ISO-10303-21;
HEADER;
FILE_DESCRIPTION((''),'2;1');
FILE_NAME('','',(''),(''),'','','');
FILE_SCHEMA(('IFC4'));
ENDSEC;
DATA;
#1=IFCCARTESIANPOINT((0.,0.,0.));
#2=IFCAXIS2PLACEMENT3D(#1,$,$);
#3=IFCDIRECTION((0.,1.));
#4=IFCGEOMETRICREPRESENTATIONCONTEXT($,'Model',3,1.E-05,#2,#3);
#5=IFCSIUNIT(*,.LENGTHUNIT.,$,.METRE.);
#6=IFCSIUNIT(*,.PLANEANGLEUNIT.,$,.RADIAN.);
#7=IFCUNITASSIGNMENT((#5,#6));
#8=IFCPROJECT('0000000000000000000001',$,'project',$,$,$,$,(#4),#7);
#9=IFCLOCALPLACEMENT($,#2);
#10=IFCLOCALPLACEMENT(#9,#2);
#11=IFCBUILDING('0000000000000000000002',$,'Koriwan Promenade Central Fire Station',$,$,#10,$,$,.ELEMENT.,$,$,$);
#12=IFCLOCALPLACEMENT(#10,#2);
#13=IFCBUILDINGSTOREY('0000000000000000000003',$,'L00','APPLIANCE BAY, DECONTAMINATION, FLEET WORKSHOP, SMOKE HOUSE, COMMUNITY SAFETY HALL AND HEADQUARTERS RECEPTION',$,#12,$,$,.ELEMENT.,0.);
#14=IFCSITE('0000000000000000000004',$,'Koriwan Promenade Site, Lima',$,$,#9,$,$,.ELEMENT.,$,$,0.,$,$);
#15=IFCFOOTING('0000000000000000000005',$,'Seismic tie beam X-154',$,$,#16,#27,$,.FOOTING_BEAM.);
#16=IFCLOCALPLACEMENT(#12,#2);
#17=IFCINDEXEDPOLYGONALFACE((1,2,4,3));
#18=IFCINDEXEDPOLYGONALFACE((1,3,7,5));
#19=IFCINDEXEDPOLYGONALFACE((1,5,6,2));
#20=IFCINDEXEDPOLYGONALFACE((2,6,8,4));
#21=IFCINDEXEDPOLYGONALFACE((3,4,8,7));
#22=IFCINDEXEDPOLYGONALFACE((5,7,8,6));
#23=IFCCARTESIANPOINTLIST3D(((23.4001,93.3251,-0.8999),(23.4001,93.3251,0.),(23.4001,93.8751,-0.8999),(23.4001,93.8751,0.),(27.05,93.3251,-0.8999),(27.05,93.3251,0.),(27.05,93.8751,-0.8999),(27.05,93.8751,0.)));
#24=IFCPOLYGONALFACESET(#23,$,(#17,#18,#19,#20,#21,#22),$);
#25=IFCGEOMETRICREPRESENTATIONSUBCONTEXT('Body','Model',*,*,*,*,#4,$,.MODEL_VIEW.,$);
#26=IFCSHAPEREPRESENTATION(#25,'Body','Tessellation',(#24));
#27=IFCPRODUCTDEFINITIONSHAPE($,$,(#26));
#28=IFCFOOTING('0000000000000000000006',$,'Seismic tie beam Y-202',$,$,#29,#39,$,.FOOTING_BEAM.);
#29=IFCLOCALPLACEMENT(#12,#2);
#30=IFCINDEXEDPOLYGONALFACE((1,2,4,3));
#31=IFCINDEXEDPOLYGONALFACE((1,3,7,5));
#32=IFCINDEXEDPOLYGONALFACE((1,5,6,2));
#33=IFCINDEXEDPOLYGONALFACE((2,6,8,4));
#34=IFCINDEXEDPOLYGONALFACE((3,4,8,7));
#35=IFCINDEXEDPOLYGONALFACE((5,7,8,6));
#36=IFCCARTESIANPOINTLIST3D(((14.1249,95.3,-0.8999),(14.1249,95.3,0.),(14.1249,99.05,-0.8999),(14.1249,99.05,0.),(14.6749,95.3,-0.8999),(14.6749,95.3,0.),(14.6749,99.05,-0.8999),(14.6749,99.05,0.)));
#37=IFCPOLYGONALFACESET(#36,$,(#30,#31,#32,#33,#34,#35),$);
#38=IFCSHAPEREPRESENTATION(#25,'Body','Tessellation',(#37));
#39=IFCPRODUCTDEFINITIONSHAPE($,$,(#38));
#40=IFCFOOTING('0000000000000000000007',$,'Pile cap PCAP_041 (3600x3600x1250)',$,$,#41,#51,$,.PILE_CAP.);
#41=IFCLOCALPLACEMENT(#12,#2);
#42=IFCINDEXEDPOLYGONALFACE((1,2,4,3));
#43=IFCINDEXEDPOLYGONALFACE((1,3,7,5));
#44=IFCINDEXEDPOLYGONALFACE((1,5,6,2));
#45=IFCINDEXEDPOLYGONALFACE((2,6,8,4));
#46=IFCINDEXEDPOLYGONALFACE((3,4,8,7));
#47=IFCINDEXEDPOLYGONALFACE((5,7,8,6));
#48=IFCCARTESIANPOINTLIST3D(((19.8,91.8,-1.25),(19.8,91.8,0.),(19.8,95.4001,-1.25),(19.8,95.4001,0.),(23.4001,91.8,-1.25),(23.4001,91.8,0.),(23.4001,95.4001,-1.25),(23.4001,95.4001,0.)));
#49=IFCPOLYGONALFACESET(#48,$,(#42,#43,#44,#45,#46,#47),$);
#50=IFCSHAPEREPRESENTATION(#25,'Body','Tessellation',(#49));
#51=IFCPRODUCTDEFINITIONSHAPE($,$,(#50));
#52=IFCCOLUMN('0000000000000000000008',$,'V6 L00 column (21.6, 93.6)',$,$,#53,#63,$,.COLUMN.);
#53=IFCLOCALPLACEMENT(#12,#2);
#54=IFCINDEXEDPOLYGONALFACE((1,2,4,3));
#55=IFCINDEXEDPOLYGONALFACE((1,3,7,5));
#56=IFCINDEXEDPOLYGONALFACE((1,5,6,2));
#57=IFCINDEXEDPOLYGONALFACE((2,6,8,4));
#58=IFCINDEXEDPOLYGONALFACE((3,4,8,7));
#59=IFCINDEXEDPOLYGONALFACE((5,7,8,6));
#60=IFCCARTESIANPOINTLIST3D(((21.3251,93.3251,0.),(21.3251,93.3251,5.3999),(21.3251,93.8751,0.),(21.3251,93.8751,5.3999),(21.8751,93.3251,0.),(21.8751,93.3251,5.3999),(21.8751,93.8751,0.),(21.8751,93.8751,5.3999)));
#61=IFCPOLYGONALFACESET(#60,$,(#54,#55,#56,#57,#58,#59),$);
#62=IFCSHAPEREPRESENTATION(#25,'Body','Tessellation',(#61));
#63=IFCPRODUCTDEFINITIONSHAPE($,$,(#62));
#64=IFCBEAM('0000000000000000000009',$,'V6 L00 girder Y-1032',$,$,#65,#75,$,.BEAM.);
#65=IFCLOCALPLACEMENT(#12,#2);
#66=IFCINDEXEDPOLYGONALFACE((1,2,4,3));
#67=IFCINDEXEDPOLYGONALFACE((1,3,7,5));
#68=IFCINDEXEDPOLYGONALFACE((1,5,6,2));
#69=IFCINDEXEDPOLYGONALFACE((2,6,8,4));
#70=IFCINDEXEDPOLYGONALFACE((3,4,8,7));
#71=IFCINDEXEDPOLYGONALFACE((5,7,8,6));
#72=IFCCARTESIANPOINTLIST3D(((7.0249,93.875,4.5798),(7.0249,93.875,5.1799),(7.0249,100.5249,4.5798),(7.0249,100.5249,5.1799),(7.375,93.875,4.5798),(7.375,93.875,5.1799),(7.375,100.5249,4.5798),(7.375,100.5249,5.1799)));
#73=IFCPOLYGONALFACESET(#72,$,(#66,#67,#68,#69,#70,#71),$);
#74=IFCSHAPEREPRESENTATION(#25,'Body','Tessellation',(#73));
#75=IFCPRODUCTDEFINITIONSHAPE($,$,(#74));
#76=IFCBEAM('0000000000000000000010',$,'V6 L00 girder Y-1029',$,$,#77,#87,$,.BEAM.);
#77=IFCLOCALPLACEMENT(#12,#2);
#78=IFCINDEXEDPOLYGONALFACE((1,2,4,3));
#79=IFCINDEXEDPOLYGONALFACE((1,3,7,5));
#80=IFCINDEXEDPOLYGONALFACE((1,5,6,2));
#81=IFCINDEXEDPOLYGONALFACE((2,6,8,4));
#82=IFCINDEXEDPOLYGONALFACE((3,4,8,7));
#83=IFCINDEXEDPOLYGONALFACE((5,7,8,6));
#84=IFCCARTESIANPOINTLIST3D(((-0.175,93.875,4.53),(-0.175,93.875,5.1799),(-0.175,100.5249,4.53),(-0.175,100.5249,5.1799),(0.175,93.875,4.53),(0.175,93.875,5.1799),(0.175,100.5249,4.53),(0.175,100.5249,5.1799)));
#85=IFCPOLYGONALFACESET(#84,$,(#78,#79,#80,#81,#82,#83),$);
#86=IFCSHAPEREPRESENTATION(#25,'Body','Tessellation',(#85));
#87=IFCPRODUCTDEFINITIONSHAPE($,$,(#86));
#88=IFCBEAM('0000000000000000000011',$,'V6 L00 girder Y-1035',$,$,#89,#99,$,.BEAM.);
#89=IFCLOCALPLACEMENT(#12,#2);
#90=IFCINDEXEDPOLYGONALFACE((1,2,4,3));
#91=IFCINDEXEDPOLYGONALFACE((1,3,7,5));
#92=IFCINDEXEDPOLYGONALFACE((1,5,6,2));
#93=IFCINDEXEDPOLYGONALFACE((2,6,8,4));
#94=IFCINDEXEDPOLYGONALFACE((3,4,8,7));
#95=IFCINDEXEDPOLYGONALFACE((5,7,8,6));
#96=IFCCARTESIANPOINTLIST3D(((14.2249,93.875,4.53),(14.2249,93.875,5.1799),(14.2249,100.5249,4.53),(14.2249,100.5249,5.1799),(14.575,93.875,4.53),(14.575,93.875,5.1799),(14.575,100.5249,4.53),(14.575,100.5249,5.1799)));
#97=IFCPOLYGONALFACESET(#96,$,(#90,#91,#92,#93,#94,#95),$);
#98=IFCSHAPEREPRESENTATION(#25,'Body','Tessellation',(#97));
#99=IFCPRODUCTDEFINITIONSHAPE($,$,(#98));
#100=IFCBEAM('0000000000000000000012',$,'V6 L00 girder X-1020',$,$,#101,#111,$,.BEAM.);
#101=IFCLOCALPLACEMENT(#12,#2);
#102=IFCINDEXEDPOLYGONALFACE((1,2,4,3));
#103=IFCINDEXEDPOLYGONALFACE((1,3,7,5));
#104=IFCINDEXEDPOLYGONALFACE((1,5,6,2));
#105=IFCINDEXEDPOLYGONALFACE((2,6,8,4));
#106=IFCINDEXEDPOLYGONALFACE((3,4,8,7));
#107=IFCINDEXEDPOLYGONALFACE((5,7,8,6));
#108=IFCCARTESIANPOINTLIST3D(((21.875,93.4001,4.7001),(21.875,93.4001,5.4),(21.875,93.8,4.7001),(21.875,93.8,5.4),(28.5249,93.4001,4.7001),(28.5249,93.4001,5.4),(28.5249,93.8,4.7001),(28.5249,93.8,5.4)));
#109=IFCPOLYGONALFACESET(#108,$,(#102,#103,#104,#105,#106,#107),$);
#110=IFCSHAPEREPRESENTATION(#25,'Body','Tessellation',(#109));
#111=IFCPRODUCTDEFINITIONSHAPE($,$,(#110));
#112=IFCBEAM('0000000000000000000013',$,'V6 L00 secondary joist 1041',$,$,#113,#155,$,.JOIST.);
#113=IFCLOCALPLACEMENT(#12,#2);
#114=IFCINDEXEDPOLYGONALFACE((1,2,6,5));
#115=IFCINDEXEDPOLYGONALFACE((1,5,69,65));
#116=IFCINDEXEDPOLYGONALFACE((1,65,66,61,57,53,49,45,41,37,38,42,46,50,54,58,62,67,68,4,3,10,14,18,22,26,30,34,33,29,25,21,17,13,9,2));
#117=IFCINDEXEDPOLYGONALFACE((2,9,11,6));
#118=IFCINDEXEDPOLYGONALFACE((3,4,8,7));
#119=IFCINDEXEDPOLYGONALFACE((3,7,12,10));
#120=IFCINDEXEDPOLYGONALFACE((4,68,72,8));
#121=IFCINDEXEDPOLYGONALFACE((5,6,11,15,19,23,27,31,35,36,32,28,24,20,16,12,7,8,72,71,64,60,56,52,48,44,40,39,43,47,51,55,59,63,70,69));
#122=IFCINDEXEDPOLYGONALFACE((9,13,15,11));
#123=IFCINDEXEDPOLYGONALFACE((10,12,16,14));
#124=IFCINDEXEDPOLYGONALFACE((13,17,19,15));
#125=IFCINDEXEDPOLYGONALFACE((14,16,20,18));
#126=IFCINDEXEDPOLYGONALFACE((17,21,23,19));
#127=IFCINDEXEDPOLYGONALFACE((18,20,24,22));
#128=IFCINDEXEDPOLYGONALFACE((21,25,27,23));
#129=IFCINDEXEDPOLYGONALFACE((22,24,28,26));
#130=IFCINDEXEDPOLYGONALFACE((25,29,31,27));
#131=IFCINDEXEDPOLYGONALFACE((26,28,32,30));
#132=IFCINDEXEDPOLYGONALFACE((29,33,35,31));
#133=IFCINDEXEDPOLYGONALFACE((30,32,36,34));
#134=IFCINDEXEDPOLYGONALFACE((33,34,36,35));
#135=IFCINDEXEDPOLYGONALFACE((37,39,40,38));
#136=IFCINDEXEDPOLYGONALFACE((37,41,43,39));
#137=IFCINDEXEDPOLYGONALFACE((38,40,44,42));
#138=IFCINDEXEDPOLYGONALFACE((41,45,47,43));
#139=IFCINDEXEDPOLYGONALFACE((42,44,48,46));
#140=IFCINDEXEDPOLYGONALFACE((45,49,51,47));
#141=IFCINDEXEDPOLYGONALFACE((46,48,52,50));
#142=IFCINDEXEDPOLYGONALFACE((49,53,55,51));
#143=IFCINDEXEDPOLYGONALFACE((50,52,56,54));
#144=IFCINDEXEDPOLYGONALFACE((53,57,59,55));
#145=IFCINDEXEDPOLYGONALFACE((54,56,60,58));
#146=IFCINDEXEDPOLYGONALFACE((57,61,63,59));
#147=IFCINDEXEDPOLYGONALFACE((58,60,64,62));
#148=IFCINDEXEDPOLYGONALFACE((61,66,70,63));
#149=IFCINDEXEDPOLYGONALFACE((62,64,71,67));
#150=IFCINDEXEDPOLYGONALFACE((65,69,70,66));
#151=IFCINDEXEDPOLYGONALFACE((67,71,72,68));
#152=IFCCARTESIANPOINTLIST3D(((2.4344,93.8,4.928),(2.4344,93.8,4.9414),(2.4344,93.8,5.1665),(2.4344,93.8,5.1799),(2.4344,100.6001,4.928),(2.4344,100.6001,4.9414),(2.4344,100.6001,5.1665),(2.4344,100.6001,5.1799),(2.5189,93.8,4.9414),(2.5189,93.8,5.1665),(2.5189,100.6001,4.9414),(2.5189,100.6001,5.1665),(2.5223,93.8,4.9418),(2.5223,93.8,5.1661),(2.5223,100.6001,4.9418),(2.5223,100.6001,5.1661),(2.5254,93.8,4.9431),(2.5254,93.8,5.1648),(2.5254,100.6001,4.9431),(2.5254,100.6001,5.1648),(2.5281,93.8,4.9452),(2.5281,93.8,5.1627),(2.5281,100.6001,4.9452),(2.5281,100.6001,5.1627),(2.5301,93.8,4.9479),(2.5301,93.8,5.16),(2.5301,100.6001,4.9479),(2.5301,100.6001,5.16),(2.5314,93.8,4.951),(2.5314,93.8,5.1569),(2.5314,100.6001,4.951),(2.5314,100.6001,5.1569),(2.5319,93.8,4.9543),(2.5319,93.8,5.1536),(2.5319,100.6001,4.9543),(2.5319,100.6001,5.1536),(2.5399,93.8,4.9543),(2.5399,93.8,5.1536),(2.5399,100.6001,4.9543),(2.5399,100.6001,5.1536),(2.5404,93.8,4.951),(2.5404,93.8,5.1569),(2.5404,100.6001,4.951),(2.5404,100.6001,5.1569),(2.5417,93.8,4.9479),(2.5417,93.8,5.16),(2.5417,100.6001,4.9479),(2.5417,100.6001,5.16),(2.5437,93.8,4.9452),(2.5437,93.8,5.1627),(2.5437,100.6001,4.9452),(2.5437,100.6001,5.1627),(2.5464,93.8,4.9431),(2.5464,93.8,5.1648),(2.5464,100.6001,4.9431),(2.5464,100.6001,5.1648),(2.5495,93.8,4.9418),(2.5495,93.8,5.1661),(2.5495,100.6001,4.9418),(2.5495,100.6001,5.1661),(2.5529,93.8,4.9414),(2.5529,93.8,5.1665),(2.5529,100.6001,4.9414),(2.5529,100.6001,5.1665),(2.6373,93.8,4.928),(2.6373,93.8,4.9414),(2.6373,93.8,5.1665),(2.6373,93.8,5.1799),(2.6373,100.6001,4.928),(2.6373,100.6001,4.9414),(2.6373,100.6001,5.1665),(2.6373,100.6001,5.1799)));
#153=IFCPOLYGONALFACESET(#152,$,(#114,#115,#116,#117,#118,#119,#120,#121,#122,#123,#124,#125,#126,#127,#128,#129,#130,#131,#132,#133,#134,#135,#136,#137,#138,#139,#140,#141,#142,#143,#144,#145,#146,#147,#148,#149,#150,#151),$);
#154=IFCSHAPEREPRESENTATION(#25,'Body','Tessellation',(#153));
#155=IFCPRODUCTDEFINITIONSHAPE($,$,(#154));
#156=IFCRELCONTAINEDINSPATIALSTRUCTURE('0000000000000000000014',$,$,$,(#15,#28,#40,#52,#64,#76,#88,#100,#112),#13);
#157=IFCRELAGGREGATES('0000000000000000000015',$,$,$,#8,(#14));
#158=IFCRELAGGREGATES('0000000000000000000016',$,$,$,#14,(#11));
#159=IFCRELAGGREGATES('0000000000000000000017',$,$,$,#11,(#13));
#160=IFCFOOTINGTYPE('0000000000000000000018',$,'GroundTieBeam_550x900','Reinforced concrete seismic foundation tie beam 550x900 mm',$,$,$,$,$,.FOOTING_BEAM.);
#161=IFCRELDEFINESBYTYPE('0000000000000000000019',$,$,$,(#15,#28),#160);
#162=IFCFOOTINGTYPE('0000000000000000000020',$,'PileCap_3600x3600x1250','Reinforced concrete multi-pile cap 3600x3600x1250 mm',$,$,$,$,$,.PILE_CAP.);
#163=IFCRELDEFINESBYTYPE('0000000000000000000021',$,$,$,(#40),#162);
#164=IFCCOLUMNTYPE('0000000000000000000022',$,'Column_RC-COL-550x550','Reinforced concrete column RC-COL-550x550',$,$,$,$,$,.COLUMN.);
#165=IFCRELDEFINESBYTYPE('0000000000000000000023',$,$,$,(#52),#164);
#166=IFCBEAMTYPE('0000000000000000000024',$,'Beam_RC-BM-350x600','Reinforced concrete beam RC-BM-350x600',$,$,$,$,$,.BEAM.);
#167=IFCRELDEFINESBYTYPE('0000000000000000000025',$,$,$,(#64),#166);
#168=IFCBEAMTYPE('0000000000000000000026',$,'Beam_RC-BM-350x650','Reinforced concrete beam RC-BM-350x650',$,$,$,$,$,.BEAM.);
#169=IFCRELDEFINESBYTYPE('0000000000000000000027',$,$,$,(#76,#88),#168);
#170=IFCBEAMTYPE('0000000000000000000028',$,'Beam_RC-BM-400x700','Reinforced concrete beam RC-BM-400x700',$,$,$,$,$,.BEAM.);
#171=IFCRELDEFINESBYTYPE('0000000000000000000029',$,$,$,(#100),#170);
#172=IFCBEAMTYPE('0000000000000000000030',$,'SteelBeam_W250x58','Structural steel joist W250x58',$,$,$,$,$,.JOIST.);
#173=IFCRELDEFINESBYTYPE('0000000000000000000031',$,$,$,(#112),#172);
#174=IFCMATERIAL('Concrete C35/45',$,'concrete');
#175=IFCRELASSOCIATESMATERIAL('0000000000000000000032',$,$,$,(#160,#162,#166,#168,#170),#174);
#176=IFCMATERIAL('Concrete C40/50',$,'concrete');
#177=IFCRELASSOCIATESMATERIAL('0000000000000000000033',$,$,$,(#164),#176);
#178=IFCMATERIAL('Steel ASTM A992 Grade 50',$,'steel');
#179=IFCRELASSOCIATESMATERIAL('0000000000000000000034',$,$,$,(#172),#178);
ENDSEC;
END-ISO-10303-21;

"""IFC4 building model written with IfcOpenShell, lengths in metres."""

from ifc_helpers import new_model, si_unit, direction, frame, origin, origin_2d, place, context, subcontext, project, spatial, rectangle, i_section, extrude, material, material_profile, profile_set, type_object, element, save


model = new_model("IFC4")

# Units and contexts
model_context = context("Model", 3, precision=1e-05, world=origin(), true_north=direction((0.0, 1.0)))
body_context = subcontext(model_context, "Body", "Model", "MODEL_VIEW")
ifc_project = project(units=[si_unit("LENGTHUNIT", "METRE"), si_unit("PLANEANGLEUNIT", "RADIAN")], contexts=[model_context])

# Site, building, storey
site_placement = place(None, origin())
site = spatial("IfcSite", under=ifc_project, at=site_placement, Name="Koriwan Promenade Site, Lima", CompositionType="ELEMENT", RefElevation=0.0)
building_placement = place(site_placement, origin())
building = spatial("IfcBuilding", under=site, at=building_placement, Name="Koriwan Promenade Central Fire Station", CompositionType="ELEMENT")
storey_placement = place(building_placement, origin())
storey = spatial("IfcBuildingStorey", under=building, at=storey_placement, Name="L00", Description="APPLIANCE BAY, DECONTAMINATION, FLEET WORKSHOP, SMOKE HOUSE, COMMUNITY SAFETY HALL AND HEADQUARTERS RECEPTION", CompositionType="ELEMENT", Elevation=0.0)

# Shared definitions
ifc_material_1 = material(Name="Concrete C35/45", Category="concrete")

# Footings
footing_type_1 = type_object("IfcFootingType", Name="GroundTieBeam_550x900", Description="Reinforced concrete seismic foundation tie beam 550x900 mm", PredefinedType="FOOTING_BEAM", material=ifc_material_1)
footing_1_placement = place(storey_placement, frame((25.2251, 93.6001, -0.8999), z_axis=(0.0, 0.0, 1.0), x_axis=(1.0, 0.0, 0.0)))
element("IfcFooting", 1, at=footing_1_placement, inside=storey, type_object=footing_type_1, Name="Seismic tie beam X-154", PredefinedType="FOOTING_BEAM", context=body_context, shape_type="SweptSolid", body=[
    extrude(rectangle(XDim=3.6499, YDim=0.55, at=origin_2d()), origin(), (0.0, 0.0, 1.0), 0.8999),
])
footing_2_placement = place(storey_placement, frame((14.3999, 97.175, -0.8999), z_axis=(0.0, 0.0, 1.0), x_axis=(0.0, 1.0, 0.0)))
element("IfcFooting", 2, at=footing_2_placement, inside=storey, type_object=footing_type_1, Name="Seismic tie beam Y-202", PredefinedType="FOOTING_BEAM", context=body_context, shape_type="SweptSolid", body=[
    extrude(rectangle(XDim=3.75, YDim=0.55, at=origin_2d()), origin(), (0.0, 0.0, 1.0), 0.8999),
])
footing_type_2 = type_object("IfcFootingType", Name="PileCap_3600x3600x1250", Description="Reinforced concrete multi-pile cap 3600x3600x1250 mm", PredefinedType="PILE_CAP", material=ifc_material_1)
footing_3_placement = place(storey_placement, frame((21.6001, 93.6001, -1.25), z_axis=(0.0, 0.0, 1.0), x_axis=(1.0, 0.0, 0.0)))
element("IfcFooting", 3, at=footing_3_placement, inside=storey, type_object=footing_type_2, Name="Pile cap PCAP_041 (3600x3600x1250)", PredefinedType="PILE_CAP", context=body_context, shape_type="SweptSolid", body=[
    extrude(rectangle(XDim=3.6001, YDim=3.6001, at=origin_2d()), origin(), (0.0, 0.0, 1.0), 1.25),
])

# Column
ifc_material_2 = material(Name="Concrete C40/50", Category="concrete")
ifc_material_profile_1 = material_profile(ifc_material_2, rectangle(XDim=0.55, YDim=0.55, at=origin_2d()), Name="RC-COL-550x550")
ifc_profile_set_1 = profile_set([ifc_material_profile_1], Name="Concrete C40/50")
column_type = type_object("IfcColumnType", Name="Column_RC-COL-550x550", Description="Reinforced concrete column RC-COL-550x550", PredefinedType="COLUMN", material=ifc_profile_set_1)
column_placement = place(storey_placement, frame((21.6001, 93.6001, 0.0), z_axis=(0.0, 0.0, 1.0), x_axis=(1.0, 0.0, 0.0)))
element("IfcColumn", 4, at=column_placement, inside=storey, type_object=column_type, Name="V6 L00 column (21.6, 93.6)", PredefinedType="COLUMN", context=body_context, shape_type="SweptSolid", body=[
    extrude(rectangle(XDim=0.55, YDim=0.55, at=origin_2d()), origin(), (0.0, 0.0, 1.0), 5.3999),
])

# Beams
ifc_material_profile_2 = material_profile(ifc_material_1, rectangle(XDim=0.3501, YDim=0.6001, at=origin_2d()), Name="RC-BM-350x600")
ifc_profile_set_2 = profile_set([ifc_material_profile_2], Name="Concrete C35/45")
beam_type_1 = type_object("IfcBeamType", Name="Beam_RC-BM-350x600", Description="Reinforced concrete beam RC-BM-350x600", PredefinedType="BEAM", material=ifc_profile_set_2)
beam_1_placement = place(storey_placement, frame((7.2, 93.875, 4.8799), z_axis=(0.0, 1.0, 0.0), x_axis=(-1.0, 0.0, 0.0)))
element("IfcBeam", 5, at=beam_1_placement, inside=storey, type_object=beam_type_1, Name="V6 L00 girder Y-1032", PredefinedType="BEAM", context=body_context, shape_type="SweptSolid", body=[
    extrude(rectangle(XDim=0.3501, YDim=0.6001, at=origin_2d()), origin(), (0.0, 0.0, 1.0), 6.6499),
])
ifc_material_profile_3 = material_profile(ifc_material_1, rectangle(XDim=0.3501, YDim=0.6499, at=origin_2d()), Name="RC-BM-350x650")
ifc_profile_set_3 = profile_set([ifc_material_profile_3], Name="Concrete C35/45")
beam_type_2 = type_object("IfcBeamType", Name="Beam_RC-BM-350x650", Description="Reinforced concrete beam RC-BM-350x650", PredefinedType="BEAM", material=ifc_profile_set_3)
for number, where, z_axis, x_axis, name in (
    (6, (0.0, 93.875, 4.855), (0.0, 1.0, 0.0), (-1.0, 0.0, 0.0), "V6 L00 girder Y-1029"),
    (7, (14.3999, 93.875, 4.855), (0.0, 1.0, 0.0), (-1.0, 0.0, 0.0), "V6 L00 girder Y-1035"),
):
    element("IfcBeam", number, at=place(storey_placement, frame(where, z_axis=z_axis, x_axis=x_axis)), inside=storey, type_object=beam_type_2, Name=name, PredefinedType="BEAM", context=body_context, shape_type="SweptSolid", body=[
        extrude(rectangle(XDim=0.3501, YDim=0.6499, at=origin_2d()), origin(), (0.0, 0.0, 1.0), 6.6499),
    ])
ifc_material_profile_4 = material_profile(ifc_material_1, rectangle(XDim=0.3999, YDim=0.7, at=origin_2d()), Name="RC-BM-400x700")
ifc_profile_set_4 = profile_set([ifc_material_profile_4], Name="Concrete C35/45")
beam_type_3 = type_object("IfcBeamType", Name="Beam_RC-BM-400x700", Description="Reinforced concrete beam RC-BM-400x700", PredefinedType="BEAM", material=ifc_profile_set_4)
beam_2_placement = place(storey_placement, frame((21.875, 93.6001, 5.05), z_axis=(1.0, 0.0, 0.0), x_axis=(0.0, 1.0, 0.0)))
element("IfcBeam", 8, at=beam_2_placement, inside=storey, type_object=beam_type_3, Name="V6 L00 girder X-1020", PredefinedType="BEAM", context=body_context, shape_type="SweptSolid", body=[
    extrude(rectangle(XDim=0.3999, YDim=0.7, at=origin_2d()), origin(), (0.0, 0.0, 1.0), 6.6499),
])
ifc_material_3 = material(Name="Steel ASTM A992 Grade 50", Category="steel")
ifc_material_profile_5 = material_profile(ifc_material_3, i_section(OverallWidth=0.2029, OverallDepth=0.252, WebThickness=0.0081, FlangeThickness=0.0134, FilletRadius=0.0129, at=origin_2d()), Name="W250x58")
ifc_profile_set_5 = profile_set([ifc_material_profile_5], Name="Steel ASTM A992 Grade 50")
beam_type_4 = type_object("IfcBeamType", Name="SteelBeam_W250x58", Description="Structural steel joist W250x58", PredefinedType="JOIST", material=ifc_profile_set_5)
beam_3_placement = place(storey_placement, frame((2.5359, 93.8, 5.054), z_axis=(0.0, 1.0, 0.0), x_axis=(-1.0, 0.0, 0.0)))
element("IfcBeam", 9, at=beam_3_placement, inside=storey, type_object=beam_type_4, Name="V6 L00 secondary joist 1041", PredefinedType="JOIST", context=body_context, shape_type="SweptSolid", body=[
    extrude(i_section(OverallWidth=0.2029, OverallDepth=0.252, WebThickness=0.0081, FlangeThickness=0.0134, FilletRadius=0.0129, at=origin_2d()), origin(), (0.0, 0.0, 1.0), 6.8),
])

save(model, "model.ifc")
